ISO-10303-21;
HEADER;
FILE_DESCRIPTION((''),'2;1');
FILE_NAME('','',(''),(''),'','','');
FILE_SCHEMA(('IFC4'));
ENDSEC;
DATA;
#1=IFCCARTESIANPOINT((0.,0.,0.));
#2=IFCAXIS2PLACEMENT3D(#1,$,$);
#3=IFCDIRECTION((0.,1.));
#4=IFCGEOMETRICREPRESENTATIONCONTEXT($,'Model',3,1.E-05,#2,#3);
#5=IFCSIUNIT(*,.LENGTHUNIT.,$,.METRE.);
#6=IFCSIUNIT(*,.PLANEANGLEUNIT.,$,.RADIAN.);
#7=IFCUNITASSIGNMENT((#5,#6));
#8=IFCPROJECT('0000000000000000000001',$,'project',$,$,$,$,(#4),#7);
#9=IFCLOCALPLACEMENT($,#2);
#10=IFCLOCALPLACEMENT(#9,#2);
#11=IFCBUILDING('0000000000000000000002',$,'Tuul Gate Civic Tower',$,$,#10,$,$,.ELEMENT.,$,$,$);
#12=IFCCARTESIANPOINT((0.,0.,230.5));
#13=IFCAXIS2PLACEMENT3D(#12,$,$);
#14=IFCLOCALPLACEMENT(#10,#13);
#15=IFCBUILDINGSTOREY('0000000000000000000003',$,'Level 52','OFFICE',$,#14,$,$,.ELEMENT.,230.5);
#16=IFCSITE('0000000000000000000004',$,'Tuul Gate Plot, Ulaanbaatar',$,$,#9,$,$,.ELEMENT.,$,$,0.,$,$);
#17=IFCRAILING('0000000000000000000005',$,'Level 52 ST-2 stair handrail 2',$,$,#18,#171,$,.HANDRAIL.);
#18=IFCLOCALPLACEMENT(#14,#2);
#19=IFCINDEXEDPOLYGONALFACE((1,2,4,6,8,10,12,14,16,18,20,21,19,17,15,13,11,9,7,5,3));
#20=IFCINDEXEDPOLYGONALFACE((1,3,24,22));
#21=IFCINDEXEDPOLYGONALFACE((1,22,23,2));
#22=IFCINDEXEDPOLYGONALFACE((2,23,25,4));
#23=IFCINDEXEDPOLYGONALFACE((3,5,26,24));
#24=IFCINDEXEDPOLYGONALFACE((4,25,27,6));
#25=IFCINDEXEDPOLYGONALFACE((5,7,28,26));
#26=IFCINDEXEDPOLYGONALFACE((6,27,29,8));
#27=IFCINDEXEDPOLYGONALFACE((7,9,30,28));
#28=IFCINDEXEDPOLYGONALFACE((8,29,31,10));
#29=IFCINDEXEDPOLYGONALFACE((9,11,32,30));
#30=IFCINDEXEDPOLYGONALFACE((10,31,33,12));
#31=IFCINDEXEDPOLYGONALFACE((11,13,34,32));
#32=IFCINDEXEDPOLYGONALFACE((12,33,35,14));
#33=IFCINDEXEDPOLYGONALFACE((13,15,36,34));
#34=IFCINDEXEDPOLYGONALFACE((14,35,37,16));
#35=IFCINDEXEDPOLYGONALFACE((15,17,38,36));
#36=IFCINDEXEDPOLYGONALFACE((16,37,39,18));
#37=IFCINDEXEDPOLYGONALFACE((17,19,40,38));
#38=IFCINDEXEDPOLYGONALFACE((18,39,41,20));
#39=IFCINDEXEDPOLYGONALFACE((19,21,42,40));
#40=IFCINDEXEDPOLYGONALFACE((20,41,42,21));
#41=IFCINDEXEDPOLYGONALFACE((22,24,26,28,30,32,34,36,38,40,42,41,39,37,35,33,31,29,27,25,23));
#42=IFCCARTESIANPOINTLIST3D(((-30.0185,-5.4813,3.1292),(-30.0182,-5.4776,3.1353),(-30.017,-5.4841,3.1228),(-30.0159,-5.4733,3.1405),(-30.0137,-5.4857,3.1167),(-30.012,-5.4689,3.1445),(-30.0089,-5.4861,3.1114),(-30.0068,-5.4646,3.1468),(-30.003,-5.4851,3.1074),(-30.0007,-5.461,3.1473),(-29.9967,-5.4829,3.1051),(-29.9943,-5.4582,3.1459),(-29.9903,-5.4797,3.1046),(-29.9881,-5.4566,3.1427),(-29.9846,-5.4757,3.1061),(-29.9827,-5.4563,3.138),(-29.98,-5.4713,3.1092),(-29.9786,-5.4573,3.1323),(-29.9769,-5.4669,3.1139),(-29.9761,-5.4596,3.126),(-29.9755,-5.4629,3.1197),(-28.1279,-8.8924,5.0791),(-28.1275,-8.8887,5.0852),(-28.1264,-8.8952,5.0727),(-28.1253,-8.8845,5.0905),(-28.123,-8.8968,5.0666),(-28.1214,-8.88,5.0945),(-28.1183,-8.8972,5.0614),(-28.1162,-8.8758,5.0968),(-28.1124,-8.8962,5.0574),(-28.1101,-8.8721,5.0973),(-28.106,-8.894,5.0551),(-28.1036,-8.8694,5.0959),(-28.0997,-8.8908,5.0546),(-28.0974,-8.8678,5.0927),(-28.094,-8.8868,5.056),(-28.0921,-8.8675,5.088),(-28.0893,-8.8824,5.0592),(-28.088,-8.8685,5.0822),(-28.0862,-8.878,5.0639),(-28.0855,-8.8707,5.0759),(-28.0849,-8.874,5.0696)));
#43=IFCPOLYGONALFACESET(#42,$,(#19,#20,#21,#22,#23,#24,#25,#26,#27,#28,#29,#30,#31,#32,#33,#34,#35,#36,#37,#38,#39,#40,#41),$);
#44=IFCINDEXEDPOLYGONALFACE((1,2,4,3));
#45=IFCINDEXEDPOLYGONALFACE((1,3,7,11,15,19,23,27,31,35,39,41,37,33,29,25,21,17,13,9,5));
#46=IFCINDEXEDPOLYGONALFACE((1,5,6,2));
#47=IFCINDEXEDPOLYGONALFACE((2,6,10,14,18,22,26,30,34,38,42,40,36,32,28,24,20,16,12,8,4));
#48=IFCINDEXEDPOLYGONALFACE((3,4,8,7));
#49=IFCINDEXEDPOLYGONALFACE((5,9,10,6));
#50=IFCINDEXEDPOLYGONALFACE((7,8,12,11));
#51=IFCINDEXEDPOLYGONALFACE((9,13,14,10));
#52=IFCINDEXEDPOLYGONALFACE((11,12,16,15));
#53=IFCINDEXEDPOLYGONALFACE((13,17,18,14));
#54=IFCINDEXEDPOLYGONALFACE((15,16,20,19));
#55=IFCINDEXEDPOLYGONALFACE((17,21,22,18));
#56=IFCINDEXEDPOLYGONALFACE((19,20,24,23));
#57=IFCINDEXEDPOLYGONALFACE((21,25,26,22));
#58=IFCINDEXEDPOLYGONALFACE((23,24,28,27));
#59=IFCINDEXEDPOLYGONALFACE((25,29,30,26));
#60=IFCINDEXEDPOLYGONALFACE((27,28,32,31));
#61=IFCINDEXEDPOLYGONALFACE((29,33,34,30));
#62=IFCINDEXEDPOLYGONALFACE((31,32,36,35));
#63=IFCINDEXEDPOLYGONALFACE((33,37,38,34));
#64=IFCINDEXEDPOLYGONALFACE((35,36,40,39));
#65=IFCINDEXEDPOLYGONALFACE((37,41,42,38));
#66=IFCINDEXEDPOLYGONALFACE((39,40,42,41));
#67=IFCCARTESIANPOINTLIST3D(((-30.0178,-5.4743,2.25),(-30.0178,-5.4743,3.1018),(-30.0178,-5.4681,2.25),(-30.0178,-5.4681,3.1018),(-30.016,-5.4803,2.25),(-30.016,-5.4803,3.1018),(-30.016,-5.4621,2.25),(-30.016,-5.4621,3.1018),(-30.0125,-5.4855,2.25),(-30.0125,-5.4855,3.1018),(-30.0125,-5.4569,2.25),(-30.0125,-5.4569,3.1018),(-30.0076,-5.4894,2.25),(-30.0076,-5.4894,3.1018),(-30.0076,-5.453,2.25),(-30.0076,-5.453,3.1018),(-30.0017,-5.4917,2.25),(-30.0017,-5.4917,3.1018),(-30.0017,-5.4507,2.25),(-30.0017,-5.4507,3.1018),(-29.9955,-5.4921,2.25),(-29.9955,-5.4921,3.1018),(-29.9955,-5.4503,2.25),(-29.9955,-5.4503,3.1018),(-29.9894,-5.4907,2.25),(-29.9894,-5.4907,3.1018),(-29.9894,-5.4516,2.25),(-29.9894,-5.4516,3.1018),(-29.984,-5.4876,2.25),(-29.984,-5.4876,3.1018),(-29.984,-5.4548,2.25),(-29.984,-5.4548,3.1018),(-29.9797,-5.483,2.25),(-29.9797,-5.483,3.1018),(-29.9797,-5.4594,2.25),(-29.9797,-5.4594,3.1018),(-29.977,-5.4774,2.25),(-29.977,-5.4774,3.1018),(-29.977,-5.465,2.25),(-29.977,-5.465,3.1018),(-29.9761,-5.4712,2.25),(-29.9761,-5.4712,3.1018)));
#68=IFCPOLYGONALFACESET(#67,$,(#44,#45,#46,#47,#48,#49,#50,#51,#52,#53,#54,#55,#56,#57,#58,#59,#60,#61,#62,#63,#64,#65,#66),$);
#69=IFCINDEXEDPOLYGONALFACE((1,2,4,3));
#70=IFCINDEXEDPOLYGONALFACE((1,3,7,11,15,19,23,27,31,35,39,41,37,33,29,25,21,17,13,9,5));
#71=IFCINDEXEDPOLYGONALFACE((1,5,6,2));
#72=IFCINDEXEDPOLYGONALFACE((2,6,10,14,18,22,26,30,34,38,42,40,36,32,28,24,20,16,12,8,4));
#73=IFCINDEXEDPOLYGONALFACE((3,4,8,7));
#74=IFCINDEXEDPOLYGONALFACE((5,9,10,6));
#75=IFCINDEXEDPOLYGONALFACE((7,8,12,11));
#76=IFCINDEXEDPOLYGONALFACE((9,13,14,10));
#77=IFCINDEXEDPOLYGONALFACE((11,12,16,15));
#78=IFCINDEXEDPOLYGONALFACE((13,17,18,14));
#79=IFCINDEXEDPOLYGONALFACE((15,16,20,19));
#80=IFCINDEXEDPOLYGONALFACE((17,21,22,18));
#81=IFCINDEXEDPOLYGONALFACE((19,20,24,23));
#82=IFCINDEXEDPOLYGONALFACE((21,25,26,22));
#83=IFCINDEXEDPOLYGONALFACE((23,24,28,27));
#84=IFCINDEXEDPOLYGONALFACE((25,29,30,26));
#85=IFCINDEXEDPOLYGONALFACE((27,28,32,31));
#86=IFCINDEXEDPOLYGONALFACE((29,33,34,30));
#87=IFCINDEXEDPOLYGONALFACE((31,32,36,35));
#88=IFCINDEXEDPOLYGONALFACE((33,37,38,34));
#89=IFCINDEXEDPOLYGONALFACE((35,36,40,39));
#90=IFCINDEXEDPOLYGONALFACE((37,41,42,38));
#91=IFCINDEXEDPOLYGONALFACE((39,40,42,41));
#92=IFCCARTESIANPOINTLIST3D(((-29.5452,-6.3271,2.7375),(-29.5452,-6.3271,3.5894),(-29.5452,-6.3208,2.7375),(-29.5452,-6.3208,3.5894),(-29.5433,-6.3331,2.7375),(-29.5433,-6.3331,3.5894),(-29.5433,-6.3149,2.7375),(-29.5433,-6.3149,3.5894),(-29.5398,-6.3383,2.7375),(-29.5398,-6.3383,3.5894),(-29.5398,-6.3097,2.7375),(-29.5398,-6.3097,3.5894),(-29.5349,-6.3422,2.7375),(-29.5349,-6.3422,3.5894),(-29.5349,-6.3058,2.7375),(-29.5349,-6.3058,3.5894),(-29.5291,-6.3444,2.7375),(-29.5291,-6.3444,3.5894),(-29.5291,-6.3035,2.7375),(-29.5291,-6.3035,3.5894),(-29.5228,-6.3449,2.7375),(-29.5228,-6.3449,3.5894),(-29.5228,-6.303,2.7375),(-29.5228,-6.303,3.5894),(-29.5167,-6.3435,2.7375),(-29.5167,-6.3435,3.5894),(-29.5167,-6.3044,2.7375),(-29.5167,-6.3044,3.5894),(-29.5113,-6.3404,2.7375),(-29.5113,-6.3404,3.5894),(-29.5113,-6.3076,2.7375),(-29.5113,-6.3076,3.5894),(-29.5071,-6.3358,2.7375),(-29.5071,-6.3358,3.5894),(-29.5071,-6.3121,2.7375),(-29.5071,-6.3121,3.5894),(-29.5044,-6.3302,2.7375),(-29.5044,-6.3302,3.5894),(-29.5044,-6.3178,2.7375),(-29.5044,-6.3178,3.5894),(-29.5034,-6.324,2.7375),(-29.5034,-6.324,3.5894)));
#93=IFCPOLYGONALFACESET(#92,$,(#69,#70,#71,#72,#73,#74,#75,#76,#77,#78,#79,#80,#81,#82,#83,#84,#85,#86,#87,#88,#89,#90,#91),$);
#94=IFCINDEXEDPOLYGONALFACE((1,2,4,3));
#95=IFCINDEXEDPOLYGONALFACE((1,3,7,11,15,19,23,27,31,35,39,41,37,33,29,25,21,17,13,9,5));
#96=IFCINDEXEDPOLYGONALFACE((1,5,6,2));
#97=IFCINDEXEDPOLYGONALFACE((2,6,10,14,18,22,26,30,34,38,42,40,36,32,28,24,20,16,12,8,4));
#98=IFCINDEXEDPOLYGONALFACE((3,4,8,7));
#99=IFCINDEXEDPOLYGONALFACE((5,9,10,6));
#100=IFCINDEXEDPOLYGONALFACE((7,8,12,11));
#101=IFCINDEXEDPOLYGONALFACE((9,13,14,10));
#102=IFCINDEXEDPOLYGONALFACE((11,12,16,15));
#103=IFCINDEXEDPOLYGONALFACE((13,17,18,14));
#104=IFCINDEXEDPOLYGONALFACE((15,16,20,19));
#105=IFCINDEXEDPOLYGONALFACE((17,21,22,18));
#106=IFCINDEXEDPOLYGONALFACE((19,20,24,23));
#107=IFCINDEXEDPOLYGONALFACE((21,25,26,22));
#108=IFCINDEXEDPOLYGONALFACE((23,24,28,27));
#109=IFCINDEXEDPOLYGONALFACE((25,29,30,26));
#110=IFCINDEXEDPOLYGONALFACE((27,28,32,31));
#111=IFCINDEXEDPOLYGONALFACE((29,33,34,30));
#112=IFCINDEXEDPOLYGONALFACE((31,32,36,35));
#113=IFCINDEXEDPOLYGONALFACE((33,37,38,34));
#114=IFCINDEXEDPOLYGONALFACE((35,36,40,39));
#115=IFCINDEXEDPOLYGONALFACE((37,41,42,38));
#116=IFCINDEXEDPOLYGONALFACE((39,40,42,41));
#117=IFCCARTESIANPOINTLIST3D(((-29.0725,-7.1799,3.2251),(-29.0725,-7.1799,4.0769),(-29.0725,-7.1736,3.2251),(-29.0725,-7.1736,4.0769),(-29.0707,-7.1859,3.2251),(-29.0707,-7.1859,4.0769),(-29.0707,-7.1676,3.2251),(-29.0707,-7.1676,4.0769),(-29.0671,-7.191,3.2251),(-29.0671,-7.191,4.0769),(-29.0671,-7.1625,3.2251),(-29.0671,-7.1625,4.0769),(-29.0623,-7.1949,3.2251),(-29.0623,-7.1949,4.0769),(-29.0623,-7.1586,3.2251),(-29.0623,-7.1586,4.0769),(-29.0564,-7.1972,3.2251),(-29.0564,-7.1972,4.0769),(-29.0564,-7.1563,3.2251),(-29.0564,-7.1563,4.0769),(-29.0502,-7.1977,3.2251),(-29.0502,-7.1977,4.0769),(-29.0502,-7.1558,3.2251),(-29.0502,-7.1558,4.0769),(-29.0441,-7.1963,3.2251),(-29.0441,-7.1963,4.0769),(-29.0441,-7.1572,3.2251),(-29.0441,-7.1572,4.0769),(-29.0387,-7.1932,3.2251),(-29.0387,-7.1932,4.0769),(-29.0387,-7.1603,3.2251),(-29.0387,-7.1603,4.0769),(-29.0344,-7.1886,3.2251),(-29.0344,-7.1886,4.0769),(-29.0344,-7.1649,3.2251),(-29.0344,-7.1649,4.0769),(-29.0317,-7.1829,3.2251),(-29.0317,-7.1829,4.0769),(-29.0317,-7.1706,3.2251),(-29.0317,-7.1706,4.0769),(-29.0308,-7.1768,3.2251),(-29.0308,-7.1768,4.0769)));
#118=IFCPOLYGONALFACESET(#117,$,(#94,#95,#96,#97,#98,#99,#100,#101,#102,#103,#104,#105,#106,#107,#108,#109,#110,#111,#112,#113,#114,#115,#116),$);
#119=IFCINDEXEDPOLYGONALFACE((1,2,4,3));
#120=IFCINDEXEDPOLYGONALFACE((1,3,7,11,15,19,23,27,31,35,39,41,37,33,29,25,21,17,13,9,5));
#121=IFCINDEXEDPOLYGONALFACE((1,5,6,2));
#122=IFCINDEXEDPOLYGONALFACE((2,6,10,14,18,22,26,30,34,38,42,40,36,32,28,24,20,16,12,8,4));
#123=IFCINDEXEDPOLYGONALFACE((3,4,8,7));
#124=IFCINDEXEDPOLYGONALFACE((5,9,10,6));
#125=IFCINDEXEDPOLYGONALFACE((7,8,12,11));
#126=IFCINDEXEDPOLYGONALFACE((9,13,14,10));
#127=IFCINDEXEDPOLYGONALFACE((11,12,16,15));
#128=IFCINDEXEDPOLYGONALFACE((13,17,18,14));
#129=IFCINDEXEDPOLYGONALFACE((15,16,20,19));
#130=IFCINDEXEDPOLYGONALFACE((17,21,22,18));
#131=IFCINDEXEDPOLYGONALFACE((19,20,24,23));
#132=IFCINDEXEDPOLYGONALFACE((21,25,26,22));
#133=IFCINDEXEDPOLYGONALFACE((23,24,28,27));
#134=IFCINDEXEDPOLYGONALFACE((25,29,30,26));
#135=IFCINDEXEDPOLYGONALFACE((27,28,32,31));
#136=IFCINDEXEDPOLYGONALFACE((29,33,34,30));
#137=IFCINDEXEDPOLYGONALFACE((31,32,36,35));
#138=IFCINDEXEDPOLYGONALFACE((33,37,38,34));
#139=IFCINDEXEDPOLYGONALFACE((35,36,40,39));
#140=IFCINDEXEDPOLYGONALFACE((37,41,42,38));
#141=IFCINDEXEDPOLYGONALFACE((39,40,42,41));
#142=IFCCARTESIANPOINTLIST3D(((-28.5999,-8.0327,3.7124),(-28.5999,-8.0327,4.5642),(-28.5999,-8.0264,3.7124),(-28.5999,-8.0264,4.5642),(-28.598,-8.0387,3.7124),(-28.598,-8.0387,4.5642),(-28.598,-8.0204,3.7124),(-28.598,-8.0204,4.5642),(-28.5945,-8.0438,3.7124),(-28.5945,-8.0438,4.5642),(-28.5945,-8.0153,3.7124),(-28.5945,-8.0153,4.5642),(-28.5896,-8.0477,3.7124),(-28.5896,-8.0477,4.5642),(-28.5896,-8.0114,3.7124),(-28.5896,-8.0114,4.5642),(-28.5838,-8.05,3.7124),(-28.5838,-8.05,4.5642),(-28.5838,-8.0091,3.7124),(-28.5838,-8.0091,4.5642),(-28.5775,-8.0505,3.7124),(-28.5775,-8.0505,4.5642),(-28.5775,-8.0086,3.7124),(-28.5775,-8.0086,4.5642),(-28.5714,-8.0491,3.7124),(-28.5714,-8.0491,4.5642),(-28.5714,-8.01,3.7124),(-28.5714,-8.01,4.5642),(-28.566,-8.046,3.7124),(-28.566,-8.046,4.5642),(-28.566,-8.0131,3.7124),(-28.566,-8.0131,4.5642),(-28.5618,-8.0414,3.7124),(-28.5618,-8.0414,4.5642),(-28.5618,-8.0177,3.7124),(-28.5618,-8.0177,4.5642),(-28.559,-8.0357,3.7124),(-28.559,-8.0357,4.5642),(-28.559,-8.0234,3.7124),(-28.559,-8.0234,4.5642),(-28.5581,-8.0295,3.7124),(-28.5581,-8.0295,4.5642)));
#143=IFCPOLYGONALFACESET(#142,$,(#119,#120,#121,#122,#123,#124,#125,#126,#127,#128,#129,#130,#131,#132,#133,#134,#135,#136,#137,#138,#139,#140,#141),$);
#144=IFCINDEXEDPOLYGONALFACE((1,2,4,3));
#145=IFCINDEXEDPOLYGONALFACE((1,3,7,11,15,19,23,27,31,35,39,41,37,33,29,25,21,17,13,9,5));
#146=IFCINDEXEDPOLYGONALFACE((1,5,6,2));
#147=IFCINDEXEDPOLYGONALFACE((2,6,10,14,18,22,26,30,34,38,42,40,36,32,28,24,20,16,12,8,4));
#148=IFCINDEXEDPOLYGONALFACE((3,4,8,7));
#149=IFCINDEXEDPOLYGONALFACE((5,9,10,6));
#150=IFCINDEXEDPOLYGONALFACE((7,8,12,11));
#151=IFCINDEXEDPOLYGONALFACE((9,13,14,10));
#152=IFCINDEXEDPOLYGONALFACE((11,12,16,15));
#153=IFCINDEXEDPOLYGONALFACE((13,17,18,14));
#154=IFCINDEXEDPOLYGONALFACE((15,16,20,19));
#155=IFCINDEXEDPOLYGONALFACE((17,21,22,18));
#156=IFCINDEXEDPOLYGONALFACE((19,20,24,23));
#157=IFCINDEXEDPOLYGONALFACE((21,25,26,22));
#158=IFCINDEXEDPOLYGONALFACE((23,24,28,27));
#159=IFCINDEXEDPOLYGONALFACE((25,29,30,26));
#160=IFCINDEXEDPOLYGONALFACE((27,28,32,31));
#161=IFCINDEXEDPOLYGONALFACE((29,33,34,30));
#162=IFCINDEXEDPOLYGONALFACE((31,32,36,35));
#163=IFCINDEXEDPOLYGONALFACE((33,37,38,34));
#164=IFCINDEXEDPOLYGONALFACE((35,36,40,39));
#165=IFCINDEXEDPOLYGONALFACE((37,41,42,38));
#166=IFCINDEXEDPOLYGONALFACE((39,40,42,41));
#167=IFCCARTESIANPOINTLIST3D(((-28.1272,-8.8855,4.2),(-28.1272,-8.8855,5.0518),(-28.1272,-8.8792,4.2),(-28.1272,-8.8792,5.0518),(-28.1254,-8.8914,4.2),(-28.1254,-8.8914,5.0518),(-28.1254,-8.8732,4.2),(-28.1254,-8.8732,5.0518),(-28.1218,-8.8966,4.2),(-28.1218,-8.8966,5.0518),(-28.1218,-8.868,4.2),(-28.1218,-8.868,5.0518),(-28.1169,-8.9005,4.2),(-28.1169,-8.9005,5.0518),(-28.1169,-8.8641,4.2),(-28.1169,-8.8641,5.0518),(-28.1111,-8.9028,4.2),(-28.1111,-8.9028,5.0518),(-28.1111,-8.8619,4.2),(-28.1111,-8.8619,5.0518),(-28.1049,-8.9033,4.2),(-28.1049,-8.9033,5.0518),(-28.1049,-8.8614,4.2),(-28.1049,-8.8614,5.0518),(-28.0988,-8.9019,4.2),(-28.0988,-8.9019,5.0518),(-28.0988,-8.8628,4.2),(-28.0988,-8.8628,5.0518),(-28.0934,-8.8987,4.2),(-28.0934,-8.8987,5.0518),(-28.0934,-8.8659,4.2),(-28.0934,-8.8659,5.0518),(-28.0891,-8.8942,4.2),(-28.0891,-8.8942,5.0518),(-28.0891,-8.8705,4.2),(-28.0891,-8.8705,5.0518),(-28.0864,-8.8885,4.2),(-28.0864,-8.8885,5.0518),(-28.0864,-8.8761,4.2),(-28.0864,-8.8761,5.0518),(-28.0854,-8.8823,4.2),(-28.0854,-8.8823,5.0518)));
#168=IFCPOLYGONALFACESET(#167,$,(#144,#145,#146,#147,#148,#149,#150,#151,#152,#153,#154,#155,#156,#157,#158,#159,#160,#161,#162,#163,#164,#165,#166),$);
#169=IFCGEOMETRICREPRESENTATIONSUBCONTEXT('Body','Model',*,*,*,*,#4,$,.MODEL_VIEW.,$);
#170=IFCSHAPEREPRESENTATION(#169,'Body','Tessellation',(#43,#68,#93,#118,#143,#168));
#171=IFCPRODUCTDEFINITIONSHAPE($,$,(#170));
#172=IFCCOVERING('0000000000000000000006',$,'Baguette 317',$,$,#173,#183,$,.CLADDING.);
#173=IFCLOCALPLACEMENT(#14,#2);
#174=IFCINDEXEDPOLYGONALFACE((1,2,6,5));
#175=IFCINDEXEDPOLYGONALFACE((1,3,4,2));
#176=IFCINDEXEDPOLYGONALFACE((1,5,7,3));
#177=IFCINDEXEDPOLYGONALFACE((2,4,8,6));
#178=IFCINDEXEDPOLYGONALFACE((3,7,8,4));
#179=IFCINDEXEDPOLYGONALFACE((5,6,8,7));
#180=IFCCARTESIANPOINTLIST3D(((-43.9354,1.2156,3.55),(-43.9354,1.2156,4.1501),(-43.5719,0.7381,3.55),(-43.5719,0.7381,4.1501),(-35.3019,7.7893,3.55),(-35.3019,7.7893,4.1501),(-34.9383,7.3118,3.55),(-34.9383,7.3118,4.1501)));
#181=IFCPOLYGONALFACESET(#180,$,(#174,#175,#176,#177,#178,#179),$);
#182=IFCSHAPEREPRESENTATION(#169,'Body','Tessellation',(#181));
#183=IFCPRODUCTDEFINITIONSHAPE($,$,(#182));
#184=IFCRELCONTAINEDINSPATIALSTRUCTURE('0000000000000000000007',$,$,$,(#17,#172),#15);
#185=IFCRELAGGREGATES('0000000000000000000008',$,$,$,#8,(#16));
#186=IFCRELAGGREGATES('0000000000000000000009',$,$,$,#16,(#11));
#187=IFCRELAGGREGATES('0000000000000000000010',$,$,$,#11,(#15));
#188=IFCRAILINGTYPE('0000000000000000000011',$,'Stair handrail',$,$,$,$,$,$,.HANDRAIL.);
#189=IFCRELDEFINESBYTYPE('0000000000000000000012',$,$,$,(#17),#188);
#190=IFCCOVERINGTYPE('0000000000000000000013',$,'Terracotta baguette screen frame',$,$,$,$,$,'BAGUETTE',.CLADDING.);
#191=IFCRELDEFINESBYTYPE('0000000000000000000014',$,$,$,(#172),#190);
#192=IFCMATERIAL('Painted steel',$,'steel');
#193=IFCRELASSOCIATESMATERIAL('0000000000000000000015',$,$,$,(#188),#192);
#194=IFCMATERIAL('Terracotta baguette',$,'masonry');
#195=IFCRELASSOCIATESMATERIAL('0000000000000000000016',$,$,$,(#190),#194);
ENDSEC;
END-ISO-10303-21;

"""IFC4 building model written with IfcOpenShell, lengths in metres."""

from ifc_helpers import new_model, si_unit, direction, frame, origin, origin_2d, place, context, subcontext, project, spatial, rectangle, circle, extrude, material, material_profile, profile_set, type_object, element, save


model = new_model("IFC4")

# Units and contexts
model_context = context("Model", 3, precision=1e-05, world=origin(), true_north=direction((0.0, 1.0)))
body_context = subcontext(model_context, "Body", "Model", "MODEL_VIEW")
ifc_project = project(units=[si_unit("LENGTHUNIT", "METRE"), si_unit("PLANEANGLEUNIT", "RADIAN")], contexts=[model_context])

# Site, building, storey
site_placement = place(None, origin())
site = spatial("IfcSite", under=ifc_project, at=site_placement, Name="Tuul Gate Plot, Ulaanbaatar", CompositionType="ELEMENT", RefElevation=0.0)
building_placement = place(site_placement, origin())
building = spatial("IfcBuilding", under=site, at=building_placement, Name="Tuul Gate Civic Tower", CompositionType="ELEMENT")
storey_placement = place(building_placement, frame((0.0, 0.0, 230.5)))
storey = spatial("IfcBuildingStorey", under=building, at=storey_placement, Name="Level 52", Description="OFFICE", CompositionType="ELEMENT", Elevation=230.5)

# Railing
ifc_material_1 = material(Name="Painted steel", Category="steel")
railing_type_1 = type_object("IfcRailingType", Name="Stair handrail", PredefinedType="HANDRAIL", material=ifc_material_1)
railing_1_placement = place(storey_placement, frame((-29.9971, -5.4712, 2.25)))
element("IfcRailing", 1, at=railing_1_placement, inside=storey, type_object=railing_type_1, Name="Level 52 ST-2 stair handrail 2", PredefinedType="HANDRAIL", context=body_context, shape_type="SweptSolid", body=[
    extrude(circle(Radius=0.0239, at=origin_2d()), frame((0.0, 0.0, 0.876), z_axis=(0.433595, -0.782308, 0.447201), x_axis=(0.874641, 0.484771, 0.0)), (0.0, 0.0, 1.0), 4.3604),
    extrude(circle(Radius=0.021, at=origin_2d()), origin(), (0.0, 0.0, 1.0), 0.8518),
    extrude(circle(Radius=0.021, at=origin_2d()), frame((0.4727, -0.8528, 0.4875)), (0.0, 0.0, 1.0), 0.8518),
    extrude(circle(Radius=0.021, at=origin_2d()), frame((0.9453, -1.7056, 0.9751)), (0.0, 0.0, 1.0), 0.8518),
    extrude(circle(Radius=0.021, at=origin_2d()), frame((1.418, -2.5583, 1.4624)), (0.0, 0.0, 1.0), 0.8518),
    extrude(circle(Radius=0.021, at=origin_2d()), frame((1.8906, -3.4111, 1.95)), (0.0, 0.0, 1.0), 0.8518),
])

# Covering
ifc_material_2 = material(Name="Terracotta baguette", Category="masonry")
ifc_material_profile_1 = material_profile(ifc_material_2, rectangle(XDim=0.6001, YDim=0.6001, at=origin_2d()), Name="Terracotta baguette screen frame")
ifc_profile_set_1 = profile_set([ifc_material_profile_1], Name="Terracotta baguette")
covering_type = type_object("IfcCoveringType", Name="Terracotta baguette screen frame", ElementType="BAGUETTE", PredefinedType="CLADDING", material=ifc_profile_set_1)
covering_placement = place(storey_placement, frame((-35.1201, 7.5505, 3.8501), z_axis=(-0.795619, -0.605798, 0.0), x_axis=(0.605798, -0.795619, 0.0)))
element("IfcCovering", 2, at=covering_placement, inside=storey, type_object=covering_type, Name="Baguette 317", PredefinedType="CLADDING", context=body_context, shape_type="SweptSolid", body=[
    extrude(rectangle(XDim=0.6001, YDim=0.6001, at=origin_2d()), origin(), (0.0, 0.0, 1.0), 10.8513),
])

save(model, "model.ifc")
